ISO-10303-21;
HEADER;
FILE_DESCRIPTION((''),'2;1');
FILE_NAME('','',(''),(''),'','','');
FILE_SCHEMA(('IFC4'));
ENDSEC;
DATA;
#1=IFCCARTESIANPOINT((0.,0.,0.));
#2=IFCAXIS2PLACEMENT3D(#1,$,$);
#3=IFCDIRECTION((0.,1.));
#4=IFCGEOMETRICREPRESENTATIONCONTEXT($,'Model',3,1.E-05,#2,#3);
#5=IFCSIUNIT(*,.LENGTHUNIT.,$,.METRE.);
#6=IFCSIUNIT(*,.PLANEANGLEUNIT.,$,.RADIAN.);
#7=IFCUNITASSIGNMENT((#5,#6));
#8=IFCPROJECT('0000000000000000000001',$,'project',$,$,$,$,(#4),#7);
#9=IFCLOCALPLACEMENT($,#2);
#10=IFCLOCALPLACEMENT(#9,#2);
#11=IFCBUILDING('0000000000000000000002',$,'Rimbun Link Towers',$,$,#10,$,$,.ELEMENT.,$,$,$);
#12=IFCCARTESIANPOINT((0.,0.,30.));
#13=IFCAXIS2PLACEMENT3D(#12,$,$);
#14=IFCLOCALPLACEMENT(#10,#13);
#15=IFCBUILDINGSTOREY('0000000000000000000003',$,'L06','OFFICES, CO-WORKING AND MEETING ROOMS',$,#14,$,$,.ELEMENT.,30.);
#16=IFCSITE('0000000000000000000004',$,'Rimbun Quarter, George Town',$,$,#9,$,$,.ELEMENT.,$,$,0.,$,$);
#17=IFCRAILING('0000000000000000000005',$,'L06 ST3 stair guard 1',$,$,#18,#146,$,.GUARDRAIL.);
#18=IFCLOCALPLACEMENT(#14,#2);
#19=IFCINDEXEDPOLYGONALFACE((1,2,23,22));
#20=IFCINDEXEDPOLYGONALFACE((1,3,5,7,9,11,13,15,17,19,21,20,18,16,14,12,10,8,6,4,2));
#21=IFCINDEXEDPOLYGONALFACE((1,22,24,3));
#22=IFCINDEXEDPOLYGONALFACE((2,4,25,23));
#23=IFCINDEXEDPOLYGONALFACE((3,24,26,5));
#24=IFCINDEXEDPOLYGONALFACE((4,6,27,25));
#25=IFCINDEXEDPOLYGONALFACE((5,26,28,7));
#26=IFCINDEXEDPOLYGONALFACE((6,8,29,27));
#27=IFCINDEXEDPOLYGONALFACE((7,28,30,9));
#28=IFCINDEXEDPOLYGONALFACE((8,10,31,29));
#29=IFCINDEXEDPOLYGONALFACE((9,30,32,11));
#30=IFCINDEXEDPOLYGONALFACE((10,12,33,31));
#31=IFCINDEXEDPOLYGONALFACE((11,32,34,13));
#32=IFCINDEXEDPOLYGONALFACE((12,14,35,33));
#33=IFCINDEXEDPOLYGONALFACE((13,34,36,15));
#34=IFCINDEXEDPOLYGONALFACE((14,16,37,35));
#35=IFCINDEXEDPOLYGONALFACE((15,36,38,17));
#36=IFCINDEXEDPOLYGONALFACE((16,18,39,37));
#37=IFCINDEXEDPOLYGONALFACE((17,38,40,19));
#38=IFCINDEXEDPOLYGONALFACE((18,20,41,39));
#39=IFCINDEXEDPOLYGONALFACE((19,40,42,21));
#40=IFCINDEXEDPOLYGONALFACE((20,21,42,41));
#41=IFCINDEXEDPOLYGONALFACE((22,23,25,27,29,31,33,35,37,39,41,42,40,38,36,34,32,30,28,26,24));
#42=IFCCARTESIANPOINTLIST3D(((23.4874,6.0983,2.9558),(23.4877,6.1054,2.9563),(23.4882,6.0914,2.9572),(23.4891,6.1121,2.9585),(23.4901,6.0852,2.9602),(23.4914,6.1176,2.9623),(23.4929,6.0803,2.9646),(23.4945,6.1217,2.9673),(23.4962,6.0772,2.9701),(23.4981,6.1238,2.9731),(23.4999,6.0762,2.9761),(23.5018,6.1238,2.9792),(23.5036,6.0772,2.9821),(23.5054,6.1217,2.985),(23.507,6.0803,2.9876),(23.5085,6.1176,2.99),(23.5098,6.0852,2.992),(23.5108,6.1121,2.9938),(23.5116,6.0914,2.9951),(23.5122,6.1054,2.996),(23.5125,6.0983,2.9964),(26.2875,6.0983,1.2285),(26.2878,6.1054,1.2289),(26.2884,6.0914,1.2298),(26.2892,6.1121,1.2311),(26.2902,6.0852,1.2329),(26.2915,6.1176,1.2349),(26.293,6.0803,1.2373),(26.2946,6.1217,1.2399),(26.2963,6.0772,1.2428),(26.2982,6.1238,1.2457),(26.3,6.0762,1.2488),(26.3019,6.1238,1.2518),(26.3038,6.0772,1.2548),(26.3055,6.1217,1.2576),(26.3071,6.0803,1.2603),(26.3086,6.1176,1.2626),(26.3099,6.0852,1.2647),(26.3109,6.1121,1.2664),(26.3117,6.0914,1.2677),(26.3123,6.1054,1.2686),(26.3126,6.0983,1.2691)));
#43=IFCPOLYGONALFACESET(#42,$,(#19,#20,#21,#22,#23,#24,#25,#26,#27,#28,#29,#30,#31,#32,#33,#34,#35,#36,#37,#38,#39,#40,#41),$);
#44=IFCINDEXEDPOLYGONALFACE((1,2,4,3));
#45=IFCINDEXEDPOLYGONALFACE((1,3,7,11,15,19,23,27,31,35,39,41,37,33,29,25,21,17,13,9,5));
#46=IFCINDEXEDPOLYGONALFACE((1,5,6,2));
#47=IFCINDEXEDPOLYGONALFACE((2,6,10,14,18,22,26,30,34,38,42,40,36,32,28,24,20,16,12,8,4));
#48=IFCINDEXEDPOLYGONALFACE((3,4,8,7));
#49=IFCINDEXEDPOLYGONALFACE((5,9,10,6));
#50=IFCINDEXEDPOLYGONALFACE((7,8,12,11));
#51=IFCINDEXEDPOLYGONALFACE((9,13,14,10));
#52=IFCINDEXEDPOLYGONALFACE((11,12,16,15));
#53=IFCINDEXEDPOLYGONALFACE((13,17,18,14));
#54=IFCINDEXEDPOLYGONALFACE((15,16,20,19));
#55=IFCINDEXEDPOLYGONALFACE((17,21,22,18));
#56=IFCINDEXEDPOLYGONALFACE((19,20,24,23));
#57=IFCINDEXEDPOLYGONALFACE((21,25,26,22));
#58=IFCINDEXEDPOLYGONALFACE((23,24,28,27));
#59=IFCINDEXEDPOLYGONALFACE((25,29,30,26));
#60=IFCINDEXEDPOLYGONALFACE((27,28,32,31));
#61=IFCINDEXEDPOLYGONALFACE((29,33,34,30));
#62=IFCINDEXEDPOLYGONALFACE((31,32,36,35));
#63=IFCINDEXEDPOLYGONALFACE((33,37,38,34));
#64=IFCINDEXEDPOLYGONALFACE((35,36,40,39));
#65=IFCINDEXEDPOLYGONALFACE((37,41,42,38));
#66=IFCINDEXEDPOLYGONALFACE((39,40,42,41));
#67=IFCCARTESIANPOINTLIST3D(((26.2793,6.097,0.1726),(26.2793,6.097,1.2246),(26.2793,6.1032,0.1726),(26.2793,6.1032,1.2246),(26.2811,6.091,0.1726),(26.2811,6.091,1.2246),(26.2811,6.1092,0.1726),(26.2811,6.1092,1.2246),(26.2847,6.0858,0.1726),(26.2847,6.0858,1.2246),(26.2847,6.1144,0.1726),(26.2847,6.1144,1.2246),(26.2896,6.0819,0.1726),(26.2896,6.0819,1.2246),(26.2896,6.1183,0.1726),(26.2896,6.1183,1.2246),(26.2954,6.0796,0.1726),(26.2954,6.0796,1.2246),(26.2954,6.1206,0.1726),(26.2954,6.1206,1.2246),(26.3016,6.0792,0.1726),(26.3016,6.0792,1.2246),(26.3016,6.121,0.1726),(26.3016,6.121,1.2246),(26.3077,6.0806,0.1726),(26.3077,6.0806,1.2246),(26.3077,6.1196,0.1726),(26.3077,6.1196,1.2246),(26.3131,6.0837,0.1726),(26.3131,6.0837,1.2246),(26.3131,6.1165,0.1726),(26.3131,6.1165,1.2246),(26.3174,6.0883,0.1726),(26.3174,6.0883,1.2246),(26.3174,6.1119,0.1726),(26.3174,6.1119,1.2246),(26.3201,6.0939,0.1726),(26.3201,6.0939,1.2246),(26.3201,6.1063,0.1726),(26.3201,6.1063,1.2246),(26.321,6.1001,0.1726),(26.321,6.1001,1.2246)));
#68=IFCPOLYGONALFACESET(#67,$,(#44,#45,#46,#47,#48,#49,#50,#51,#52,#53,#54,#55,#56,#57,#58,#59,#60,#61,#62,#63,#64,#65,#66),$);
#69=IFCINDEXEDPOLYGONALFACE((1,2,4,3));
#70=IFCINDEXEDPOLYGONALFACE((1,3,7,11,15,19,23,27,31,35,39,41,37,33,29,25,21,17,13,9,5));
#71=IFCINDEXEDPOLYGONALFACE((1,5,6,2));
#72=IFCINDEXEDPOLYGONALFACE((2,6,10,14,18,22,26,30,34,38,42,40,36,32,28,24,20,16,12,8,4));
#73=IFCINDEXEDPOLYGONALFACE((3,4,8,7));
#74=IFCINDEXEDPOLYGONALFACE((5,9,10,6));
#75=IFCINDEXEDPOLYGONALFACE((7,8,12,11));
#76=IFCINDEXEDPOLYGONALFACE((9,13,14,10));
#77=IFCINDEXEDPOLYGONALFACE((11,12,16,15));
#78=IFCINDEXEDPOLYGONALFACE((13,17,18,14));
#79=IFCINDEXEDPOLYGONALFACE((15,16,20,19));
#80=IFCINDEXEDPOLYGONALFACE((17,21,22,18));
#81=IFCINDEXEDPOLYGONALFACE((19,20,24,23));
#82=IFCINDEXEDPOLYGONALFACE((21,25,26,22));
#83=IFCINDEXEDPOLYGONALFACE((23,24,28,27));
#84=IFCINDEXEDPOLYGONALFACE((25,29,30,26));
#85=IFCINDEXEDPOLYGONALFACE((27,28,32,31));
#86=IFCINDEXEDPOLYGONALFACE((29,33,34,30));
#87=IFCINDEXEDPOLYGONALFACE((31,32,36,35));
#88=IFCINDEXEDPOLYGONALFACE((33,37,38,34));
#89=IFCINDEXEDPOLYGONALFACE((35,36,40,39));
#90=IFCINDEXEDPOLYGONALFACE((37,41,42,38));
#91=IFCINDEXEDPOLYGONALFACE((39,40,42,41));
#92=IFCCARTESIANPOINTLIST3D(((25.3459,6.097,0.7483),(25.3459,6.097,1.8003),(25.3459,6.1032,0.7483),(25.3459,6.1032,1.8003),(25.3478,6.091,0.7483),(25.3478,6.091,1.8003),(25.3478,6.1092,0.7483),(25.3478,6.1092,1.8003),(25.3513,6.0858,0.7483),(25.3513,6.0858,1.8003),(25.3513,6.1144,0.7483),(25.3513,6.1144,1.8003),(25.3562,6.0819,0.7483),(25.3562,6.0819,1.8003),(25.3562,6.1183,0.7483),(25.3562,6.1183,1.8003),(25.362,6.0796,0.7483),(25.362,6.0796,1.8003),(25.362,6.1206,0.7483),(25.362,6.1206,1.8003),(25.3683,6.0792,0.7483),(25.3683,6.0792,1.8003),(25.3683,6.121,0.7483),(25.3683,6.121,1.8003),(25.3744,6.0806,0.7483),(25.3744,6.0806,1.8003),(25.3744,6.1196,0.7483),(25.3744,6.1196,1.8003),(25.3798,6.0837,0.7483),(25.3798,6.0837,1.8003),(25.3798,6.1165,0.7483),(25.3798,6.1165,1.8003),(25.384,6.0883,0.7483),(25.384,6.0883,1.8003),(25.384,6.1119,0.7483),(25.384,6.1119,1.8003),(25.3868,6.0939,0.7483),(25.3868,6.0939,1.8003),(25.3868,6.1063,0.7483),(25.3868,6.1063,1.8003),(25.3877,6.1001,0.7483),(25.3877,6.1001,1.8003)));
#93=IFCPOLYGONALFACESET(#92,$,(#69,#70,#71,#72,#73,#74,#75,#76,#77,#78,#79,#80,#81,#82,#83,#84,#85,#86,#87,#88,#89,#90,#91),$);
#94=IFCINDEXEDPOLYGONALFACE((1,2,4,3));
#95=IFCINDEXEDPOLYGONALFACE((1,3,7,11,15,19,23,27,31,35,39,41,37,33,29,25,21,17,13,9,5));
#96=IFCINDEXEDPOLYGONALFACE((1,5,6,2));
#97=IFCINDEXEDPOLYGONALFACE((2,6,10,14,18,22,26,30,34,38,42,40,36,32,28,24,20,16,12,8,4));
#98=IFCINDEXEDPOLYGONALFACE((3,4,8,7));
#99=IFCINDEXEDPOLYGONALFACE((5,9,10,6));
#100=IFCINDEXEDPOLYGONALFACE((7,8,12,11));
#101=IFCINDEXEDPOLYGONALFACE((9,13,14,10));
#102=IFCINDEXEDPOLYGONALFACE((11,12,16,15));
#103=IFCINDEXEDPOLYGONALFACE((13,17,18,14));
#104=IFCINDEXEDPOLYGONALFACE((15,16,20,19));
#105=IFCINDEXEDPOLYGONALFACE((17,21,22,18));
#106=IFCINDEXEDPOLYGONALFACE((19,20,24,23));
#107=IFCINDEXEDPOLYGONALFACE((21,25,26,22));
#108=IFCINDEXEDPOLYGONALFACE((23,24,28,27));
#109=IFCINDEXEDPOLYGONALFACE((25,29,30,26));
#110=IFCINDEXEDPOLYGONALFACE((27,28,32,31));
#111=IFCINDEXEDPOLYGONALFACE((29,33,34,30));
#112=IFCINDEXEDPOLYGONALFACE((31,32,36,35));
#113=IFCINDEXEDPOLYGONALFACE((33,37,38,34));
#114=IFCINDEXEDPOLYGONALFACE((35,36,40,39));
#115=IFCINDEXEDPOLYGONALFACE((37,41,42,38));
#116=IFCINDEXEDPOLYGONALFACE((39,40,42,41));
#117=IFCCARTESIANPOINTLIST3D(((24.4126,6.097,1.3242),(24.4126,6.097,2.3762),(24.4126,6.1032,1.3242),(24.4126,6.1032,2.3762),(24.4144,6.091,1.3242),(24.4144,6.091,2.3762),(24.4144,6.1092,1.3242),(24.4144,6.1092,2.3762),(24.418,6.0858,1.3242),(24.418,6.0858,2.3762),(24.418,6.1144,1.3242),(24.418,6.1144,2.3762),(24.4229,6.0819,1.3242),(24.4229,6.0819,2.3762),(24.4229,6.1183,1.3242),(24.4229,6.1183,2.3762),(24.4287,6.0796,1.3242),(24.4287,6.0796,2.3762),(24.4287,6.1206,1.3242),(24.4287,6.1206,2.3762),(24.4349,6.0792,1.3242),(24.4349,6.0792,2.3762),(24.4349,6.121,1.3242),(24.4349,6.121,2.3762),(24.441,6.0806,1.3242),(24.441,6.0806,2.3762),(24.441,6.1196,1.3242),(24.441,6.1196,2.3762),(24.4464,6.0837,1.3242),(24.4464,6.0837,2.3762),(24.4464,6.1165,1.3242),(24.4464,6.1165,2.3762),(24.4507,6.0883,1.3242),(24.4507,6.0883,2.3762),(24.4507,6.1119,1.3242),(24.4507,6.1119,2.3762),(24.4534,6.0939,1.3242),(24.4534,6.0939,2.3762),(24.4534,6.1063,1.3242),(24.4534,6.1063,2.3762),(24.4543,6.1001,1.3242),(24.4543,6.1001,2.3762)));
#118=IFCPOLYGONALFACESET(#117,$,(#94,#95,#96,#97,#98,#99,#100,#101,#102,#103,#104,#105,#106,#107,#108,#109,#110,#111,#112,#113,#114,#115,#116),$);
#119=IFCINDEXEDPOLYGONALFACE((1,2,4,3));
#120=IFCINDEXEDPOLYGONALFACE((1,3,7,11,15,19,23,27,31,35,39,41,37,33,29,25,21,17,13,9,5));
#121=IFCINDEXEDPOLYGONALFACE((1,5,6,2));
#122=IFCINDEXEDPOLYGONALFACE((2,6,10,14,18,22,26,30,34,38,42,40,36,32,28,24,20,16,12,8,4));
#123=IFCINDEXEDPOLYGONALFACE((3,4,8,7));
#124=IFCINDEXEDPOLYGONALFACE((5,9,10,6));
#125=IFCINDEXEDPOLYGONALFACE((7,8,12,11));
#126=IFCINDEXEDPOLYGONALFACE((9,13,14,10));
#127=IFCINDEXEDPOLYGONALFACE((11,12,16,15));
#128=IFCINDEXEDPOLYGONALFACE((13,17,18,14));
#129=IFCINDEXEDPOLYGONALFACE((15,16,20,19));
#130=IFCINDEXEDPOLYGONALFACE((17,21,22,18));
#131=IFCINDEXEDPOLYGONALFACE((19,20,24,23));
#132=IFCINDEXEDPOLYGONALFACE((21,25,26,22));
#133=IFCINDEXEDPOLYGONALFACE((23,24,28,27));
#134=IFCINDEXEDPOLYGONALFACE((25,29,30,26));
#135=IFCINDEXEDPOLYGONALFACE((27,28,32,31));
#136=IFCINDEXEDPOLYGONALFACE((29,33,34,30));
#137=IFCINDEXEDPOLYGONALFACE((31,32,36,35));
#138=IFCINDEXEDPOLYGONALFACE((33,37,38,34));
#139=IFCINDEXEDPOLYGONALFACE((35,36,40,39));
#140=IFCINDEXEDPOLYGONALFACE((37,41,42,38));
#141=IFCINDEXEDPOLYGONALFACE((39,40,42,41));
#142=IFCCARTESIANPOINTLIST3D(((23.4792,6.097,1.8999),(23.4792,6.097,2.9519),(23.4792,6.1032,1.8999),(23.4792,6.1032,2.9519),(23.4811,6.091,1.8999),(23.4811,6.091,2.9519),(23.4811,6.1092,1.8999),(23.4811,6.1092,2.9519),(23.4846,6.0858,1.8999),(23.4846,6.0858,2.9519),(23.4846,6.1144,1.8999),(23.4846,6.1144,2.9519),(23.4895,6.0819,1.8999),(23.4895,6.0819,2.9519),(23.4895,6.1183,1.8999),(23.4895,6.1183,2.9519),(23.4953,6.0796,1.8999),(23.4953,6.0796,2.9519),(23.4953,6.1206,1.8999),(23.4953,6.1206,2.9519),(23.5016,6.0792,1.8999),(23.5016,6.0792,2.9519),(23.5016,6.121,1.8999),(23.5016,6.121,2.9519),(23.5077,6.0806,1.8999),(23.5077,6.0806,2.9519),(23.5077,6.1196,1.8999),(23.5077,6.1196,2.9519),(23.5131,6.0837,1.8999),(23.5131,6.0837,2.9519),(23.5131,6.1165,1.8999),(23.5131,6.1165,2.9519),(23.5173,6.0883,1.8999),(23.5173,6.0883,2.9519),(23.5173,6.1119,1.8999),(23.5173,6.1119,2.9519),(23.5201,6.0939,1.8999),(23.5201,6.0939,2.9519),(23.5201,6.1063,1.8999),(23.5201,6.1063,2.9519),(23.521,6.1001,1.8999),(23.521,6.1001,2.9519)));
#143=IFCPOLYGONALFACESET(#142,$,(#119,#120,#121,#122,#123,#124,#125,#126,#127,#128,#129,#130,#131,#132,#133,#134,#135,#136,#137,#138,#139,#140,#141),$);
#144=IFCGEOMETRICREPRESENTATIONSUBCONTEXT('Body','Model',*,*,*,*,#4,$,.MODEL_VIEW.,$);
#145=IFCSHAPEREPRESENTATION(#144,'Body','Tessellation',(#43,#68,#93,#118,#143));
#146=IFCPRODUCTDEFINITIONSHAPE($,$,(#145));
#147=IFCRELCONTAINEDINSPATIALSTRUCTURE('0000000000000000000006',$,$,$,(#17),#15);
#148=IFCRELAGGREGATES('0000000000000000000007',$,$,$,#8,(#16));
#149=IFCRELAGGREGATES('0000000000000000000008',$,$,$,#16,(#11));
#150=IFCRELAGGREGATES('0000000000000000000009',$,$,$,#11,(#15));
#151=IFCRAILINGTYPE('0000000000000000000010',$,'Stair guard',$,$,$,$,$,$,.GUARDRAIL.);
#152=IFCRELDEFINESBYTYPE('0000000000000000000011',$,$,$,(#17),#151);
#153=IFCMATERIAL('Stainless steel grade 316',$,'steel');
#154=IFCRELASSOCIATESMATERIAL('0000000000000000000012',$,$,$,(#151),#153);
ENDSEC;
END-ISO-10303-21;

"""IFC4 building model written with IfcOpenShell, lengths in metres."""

from ifc_helpers import new_model, si_unit, direction, frame, origin, origin_2d, place, context, subcontext, project, spatial, circle, extrude, material, type_object, element, save


model = new_model("IFC4")

# Units and contexts
model_context = context("Model", 3, precision=1e-05, world=origin(), true_north=direction((0.0, 1.0)))
body_context = subcontext(model_context, "Body", "Model", "MODEL_VIEW")
ifc_project = project(units=[si_unit("LENGTHUNIT", "METRE"), si_unit("PLANEANGLEUNIT", "RADIAN")], contexts=[model_context])

# Site, building, storey
site_placement = place(None, origin())
site = spatial("IfcSite", under=ifc_project, at=site_placement, Name="Rimbun Quarter, George Town", CompositionType="ELEMENT", RefElevation=0.0)
building_placement = place(site_placement, origin())
building = spatial("IfcBuilding", under=site, at=building_placement, Name="Rimbun Link Towers", CompositionType="ELEMENT")
storey_placement = place(building_placement, frame((0.0, 0.0, 30.0)))
storey = spatial("IfcBuildingStorey", under=building, at=storey_placement, Name="L06", Description="OFFICES, CO-WORKING AND MEETING ROOMS", CompositionType="ELEMENT", Elevation=30.0)

# Railing
ifc_material_1 = material(Name="Stainless steel grade 316", Category="steel")
railing_type_1 = type_object("IfcRailingType", Name="Stair guard", PredefinedType="GUARDRAIL", material=ifc_material_1)
railing_1_placement = place(storey_placement, frame((26.3, 6.1001, 0.1726)))
element("IfcRailing", 1, at=railing_1_placement, inside=storey, type_object=railing_type_1, Name="L06 ST3 stair guard 1", PredefinedType="GUARDRAIL", context=body_context, shape_type="SweptSolid", body=[
    extrude(circle(Radius=0.0239, at=origin_2d()), frame((0.0, 0.0, 1.0762), z_axis=(-0.85109, 0.0, 0.52502), x_axis=(0.0, -1.0, 0.0)), (0.0, 0.0, 1.0), 3.29),
    extrude(circle(Radius=0.021, at=origin_2d()), origin(), (0.0, 0.0, 1.0), 1.052),
    extrude(circle(Radius=0.021, at=origin_2d()), frame((-0.9333, 0.0, 0.5757)), (0.0, 0.0, 1.0), 1.052),
    extrude(circle(Radius=0.021, at=origin_2d()), frame((-1.8667, 0.0, 1.1516)), (0.0, 0.0, 1.0), 1.052),
    extrude(circle(Radius=0.021, at=origin_2d()), frame((-2.8, 0.0, 1.7273)), (0.0, 0.0, 1.0), 1.052),
])

save(model, "model.ifc")
